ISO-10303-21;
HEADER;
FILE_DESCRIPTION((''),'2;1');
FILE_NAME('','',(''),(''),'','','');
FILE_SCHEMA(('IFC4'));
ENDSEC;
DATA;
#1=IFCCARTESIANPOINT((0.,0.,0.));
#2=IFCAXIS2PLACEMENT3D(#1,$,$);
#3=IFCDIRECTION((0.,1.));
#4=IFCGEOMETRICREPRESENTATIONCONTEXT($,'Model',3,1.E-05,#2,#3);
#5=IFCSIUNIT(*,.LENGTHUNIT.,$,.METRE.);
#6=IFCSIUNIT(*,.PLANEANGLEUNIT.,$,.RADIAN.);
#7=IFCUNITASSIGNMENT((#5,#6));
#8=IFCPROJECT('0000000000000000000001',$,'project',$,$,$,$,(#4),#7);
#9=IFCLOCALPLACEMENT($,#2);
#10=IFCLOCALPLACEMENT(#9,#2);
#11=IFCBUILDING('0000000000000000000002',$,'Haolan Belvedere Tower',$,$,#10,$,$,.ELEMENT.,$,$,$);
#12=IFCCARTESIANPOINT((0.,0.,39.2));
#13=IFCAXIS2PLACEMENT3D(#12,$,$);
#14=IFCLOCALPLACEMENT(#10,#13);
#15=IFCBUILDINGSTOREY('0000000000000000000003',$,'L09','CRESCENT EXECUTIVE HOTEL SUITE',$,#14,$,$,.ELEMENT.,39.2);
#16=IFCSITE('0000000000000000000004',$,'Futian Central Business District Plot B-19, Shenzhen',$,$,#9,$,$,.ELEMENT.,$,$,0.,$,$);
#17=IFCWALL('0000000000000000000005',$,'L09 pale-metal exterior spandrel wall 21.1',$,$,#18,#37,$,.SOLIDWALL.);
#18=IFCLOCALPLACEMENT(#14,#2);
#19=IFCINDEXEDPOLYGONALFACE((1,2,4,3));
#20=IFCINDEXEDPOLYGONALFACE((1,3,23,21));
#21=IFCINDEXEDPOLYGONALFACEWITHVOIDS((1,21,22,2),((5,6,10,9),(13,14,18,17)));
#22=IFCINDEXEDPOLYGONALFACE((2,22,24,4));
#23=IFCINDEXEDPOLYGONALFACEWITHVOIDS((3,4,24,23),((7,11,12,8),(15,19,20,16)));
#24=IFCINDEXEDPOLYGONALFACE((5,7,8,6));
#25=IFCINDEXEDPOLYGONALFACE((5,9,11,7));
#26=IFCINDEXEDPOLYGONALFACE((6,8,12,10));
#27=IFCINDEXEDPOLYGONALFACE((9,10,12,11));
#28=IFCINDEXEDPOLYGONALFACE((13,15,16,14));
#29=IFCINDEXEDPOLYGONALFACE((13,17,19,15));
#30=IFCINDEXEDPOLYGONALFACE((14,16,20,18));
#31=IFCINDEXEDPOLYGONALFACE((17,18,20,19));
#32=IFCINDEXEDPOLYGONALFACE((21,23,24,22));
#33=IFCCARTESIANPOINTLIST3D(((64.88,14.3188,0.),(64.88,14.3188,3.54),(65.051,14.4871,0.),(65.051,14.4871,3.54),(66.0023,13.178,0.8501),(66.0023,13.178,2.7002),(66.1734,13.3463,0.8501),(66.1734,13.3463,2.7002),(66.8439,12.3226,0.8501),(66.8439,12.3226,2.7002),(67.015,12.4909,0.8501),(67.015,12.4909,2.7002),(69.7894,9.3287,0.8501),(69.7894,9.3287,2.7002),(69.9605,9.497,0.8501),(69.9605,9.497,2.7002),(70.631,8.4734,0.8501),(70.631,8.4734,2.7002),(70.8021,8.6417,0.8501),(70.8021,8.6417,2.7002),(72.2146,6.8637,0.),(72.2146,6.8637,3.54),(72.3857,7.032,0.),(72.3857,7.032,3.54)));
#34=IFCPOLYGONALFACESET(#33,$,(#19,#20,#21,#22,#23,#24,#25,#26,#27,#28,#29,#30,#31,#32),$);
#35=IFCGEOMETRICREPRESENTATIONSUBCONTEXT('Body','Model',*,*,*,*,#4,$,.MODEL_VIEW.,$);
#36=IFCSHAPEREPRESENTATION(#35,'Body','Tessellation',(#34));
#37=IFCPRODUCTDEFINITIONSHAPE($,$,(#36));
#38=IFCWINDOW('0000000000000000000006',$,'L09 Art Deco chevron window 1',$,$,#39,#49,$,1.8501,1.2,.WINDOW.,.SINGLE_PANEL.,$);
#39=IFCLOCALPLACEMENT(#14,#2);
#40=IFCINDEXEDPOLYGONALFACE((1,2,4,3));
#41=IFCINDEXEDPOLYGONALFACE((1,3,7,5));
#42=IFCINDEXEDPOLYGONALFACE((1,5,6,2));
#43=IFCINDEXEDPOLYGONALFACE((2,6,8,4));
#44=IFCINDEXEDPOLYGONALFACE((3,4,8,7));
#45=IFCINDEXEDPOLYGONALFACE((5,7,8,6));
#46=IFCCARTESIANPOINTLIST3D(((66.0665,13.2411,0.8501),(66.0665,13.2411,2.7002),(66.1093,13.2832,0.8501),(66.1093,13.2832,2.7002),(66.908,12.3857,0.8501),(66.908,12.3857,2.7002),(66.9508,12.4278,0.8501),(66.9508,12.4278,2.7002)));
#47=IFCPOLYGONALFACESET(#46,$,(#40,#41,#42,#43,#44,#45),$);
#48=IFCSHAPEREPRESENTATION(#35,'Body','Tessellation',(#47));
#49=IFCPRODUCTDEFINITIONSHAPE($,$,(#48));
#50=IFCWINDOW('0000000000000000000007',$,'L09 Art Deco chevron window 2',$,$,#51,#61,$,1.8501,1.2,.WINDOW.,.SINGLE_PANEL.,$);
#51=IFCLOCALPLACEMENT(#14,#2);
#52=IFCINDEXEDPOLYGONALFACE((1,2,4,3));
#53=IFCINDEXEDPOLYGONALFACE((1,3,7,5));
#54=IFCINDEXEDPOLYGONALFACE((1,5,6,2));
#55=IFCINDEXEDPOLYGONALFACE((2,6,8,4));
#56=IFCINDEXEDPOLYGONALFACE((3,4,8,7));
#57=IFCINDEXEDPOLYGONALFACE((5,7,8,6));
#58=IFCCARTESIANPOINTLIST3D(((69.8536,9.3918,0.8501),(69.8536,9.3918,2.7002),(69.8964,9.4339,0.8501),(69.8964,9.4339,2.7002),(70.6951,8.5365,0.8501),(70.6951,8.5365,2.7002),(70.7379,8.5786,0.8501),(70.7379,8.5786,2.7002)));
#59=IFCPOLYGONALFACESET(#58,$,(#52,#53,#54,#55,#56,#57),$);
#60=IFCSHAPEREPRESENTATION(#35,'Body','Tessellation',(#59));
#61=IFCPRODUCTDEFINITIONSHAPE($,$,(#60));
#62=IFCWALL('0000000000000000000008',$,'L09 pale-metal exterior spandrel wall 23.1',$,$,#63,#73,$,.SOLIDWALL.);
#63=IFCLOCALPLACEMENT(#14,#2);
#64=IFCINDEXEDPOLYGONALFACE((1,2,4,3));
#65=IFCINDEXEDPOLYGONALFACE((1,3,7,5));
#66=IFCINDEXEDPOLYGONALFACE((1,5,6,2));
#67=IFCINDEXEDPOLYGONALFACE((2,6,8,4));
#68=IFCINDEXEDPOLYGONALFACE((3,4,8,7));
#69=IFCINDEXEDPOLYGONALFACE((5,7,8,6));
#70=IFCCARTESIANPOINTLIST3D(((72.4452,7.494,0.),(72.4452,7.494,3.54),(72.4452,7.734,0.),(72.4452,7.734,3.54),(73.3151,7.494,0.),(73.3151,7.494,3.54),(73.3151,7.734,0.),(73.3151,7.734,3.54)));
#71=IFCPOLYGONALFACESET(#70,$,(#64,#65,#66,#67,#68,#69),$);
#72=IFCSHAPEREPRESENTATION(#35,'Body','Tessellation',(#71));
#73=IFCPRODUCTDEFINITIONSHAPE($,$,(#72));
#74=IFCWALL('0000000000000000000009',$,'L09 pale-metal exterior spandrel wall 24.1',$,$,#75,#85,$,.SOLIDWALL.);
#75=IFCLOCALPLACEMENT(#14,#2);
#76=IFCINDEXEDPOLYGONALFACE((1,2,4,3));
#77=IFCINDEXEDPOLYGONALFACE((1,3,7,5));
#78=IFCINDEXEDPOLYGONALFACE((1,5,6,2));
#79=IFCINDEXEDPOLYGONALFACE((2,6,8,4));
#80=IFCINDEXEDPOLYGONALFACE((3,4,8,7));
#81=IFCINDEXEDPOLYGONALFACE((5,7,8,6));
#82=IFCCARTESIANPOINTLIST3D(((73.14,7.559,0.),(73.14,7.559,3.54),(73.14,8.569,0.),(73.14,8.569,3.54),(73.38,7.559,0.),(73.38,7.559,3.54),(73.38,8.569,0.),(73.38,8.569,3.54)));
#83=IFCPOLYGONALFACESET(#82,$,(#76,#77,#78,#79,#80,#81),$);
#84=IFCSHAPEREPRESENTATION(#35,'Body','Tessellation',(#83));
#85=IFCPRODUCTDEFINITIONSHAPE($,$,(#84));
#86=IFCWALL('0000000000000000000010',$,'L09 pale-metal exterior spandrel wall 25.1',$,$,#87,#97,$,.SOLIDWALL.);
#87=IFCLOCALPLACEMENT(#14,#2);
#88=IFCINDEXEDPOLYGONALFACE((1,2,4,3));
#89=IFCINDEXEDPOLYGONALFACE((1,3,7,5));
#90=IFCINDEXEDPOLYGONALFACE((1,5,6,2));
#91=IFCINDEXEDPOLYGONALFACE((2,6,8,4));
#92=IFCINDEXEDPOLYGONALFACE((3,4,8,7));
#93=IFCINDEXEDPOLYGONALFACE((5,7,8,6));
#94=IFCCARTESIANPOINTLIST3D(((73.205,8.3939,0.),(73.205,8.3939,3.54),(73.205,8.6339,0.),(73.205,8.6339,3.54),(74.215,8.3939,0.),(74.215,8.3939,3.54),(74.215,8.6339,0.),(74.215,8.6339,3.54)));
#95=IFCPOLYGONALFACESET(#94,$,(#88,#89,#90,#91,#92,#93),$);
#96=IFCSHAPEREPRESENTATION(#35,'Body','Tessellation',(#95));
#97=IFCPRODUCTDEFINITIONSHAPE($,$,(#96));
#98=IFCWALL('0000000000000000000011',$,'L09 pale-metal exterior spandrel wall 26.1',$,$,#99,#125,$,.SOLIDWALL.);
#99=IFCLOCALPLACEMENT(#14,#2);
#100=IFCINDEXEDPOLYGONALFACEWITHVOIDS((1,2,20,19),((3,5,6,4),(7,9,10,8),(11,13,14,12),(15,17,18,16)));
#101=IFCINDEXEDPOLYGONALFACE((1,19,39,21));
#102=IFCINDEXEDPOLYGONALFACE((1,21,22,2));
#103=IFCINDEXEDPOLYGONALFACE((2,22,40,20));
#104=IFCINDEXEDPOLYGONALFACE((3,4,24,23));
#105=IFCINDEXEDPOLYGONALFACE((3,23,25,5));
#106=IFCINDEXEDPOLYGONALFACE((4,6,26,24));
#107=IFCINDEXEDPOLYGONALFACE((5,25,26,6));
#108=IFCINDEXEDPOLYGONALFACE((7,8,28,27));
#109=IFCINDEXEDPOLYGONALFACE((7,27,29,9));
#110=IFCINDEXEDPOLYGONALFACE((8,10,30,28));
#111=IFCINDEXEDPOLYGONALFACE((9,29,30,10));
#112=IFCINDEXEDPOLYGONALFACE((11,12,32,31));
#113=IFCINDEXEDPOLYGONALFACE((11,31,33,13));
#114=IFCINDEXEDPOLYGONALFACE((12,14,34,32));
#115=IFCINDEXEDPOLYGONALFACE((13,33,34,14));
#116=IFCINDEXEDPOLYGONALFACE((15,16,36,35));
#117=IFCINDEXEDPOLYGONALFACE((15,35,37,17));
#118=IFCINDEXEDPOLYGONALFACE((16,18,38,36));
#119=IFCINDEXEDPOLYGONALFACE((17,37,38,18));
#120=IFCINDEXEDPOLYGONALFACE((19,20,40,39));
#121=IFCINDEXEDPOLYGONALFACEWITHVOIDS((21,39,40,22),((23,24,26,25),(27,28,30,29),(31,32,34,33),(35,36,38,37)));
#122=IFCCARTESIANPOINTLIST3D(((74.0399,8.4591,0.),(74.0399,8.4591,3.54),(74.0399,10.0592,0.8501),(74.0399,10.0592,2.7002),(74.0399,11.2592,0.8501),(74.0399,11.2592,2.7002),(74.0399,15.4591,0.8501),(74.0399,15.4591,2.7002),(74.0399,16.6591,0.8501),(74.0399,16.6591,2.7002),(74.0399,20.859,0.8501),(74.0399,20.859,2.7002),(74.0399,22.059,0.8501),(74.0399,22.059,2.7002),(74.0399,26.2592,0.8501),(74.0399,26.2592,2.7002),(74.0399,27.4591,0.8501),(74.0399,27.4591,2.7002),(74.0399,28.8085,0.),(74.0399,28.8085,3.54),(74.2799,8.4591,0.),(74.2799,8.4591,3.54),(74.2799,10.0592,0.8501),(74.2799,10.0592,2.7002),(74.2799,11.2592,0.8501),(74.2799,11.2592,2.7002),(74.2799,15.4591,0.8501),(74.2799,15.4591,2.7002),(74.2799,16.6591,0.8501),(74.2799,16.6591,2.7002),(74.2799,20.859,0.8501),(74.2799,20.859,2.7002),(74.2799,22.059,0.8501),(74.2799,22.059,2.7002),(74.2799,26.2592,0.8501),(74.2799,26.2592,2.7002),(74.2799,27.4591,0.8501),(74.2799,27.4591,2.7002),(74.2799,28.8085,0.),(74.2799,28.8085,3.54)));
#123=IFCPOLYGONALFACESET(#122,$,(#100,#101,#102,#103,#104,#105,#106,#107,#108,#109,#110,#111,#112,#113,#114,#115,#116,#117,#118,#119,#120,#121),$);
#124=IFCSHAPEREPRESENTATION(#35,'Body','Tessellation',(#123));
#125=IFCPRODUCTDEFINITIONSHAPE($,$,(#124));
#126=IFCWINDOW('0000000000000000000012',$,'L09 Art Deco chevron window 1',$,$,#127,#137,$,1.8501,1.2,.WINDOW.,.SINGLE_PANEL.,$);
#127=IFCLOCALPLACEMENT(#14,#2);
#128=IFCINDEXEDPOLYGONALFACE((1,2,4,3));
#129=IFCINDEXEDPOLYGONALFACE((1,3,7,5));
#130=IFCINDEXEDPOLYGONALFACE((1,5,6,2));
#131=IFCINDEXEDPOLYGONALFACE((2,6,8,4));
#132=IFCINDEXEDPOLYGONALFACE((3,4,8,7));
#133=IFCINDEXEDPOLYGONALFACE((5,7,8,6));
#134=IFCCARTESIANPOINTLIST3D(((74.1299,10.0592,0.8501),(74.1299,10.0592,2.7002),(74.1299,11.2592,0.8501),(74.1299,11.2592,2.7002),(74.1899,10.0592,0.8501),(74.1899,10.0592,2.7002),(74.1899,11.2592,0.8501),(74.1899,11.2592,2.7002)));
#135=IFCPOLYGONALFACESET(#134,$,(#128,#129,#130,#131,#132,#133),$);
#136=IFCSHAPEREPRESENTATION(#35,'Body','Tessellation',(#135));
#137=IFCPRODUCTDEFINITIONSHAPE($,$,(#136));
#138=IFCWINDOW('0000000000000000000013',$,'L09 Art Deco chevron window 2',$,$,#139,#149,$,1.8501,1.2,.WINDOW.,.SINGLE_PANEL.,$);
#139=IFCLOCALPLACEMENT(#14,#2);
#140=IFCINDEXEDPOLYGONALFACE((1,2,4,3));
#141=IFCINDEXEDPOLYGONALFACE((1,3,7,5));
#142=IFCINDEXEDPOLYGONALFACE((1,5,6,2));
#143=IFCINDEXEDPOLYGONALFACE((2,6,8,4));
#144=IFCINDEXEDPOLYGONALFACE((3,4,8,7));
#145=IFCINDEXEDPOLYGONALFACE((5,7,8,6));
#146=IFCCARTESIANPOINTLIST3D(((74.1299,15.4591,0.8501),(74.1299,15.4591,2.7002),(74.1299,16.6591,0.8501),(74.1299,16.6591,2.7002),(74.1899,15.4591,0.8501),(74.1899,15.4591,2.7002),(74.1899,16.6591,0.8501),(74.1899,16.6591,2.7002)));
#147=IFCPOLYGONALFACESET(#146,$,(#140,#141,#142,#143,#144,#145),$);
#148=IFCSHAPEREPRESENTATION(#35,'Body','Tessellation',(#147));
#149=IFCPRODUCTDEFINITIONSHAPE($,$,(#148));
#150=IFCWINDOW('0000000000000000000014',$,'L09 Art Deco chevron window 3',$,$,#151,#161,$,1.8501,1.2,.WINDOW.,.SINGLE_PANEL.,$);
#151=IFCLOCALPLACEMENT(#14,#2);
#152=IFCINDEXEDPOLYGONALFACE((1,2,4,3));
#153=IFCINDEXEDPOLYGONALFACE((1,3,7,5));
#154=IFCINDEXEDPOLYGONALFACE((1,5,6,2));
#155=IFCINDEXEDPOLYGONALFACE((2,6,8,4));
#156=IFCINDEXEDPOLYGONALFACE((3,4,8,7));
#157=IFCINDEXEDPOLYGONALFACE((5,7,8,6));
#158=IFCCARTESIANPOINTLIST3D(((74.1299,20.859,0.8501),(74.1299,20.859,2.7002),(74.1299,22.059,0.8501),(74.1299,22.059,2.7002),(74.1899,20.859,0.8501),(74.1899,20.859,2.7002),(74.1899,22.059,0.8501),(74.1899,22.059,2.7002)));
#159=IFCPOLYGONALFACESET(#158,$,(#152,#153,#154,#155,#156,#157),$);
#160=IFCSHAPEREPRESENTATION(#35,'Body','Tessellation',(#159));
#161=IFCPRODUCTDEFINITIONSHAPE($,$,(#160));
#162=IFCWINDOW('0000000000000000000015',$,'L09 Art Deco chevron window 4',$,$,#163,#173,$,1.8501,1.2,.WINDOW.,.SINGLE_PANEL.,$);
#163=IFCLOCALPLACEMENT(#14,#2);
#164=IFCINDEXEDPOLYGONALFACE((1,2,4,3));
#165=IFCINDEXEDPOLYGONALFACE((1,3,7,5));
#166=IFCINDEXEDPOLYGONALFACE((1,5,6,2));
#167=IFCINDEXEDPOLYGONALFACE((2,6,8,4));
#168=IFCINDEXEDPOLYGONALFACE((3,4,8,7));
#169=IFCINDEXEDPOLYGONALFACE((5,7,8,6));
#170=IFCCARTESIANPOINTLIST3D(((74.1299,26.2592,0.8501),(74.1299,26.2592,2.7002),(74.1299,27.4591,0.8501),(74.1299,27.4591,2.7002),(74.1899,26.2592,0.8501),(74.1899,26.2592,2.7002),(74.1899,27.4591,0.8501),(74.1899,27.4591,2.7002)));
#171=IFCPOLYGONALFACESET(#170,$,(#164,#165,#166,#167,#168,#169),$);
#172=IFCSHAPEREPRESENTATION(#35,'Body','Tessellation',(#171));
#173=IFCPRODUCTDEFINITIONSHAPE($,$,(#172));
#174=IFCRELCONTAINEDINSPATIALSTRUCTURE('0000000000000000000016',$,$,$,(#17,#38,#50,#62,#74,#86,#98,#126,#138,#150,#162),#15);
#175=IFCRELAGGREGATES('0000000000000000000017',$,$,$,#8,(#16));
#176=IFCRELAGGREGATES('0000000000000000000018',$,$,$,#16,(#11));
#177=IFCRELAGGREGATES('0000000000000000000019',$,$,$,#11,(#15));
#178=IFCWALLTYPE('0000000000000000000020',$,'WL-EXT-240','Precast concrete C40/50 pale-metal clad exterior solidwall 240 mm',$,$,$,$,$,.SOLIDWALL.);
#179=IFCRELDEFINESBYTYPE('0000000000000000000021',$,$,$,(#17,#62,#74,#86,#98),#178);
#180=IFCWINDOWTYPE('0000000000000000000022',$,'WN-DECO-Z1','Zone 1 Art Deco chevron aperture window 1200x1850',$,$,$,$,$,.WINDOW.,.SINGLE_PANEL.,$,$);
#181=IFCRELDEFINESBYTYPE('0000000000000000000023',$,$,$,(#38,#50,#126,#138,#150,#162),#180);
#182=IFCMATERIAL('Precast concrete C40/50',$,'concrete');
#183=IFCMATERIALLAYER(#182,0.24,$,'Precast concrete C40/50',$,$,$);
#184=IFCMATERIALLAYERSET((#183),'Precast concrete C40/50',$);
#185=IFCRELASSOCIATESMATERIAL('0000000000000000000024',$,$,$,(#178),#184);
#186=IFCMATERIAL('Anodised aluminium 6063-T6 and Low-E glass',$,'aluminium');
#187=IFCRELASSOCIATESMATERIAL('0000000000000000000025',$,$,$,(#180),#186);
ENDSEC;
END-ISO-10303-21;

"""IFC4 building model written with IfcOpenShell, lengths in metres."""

from ifc_helpers import new_model, si_unit, direction, frame, frame_2d, origin, place, context, subcontext, project, spatial, rectangle, extrude, material, layer, layer_set, type_object, element, fill, save


model = new_model("IFC4")

# Units and contexts
model_context = context("Model", 3, precision=1e-05, world=origin(), true_north=direction((0.0, 1.0)))
body_context = subcontext(model_context, "Body", "Model", "MODEL_VIEW")
ifc_project = project(units=[si_unit("LENGTHUNIT", "METRE"), si_unit("PLANEANGLEUNIT", "RADIAN")], contexts=[model_context])

# Site, building, storey
site_placement = place(None, origin())
site = spatial("IfcSite", under=ifc_project, at=site_placement, Name="Futian Central Business District Plot B-19, Shenzhen", CompositionType="ELEMENT", RefElevation=0.0)
building_placement = place(site_placement, origin())
building = spatial("IfcBuilding", under=site, at=building_placement, Name="Haolan Belvedere Tower", CompositionType="ELEMENT")
storey_placement = place(building_placement, frame((0.0, 0.0, 39.2)))
storey = spatial("IfcBuildingStorey", under=building, at=storey_placement, Name="L09", Description="CRESCENT EXECUTIVE HOTEL SUITE", CompositionType="ELEMENT", Elevation=39.2)

# Shared definitions
ifc_material_1 = material(Name="Precast concrete C40/50", Category="concrete")
ifc_layer_1 = layer(ifc_material_1, 0.24, Name="Precast concrete C40/50")
ifc_layer_set_1 = layer_set([ifc_layer_1], Name="Precast concrete C40/50")
wall_type_1 = type_object("IfcWallType", Name="WL-EXT-240", Description="Precast concrete C40/50 pale-metal clad exterior solidwall 240 mm", PredefinedType="SOLIDWALL", material=ifc_layer_set_1)

# Wall, openings, windows
wall_1_placement = place(storey_placement, frame((64.9656, 14.4028, 0.0), z_axis=(0.0, 0.0, 1.0), x_axis=(0.701329, -0.712838, 0.0)))
wall_1 = element("IfcWall", 1, at=wall_1_placement, inside=storey, type_object=wall_type_1, Name="L09 pale-metal exterior spandrel wall 21.1", PredefinedType="SOLIDWALL", context=body_context, shape_type="SweptSolid", body=[
    extrude(rectangle(XDim=10.4583, YDim=0.24, at=frame_2d((5.229, 0.0))), origin(), (0.0, 0.0, 1.0), 3.54),
])
opening_1_placement = place(wall_1_placement, frame((1.6001, 0.0, 0.8501)))
opening_1 = element("IfcOpeningElement", 2, at=opening_1_placement, cuts=wall_1, PredefinedType="OPENING", context=body_context, shape_type="SweptSolid", body=[
    extrude(rectangle(XDim=1.2, YDim=1.8501, at=frame_2d((0.6001, 0.925))), frame((0.0, 0.1299, 0.0), z_axis=(0.0, -1.0, 0.0), x_axis=(1.0, 0.0, 0.0)), (0.0, 0.0, 1.0), 0.26),
])
opening_2_placement = place(wall_1_placement, frame((7.0, 0.0, 0.8501)))
opening_2 = element("IfcOpeningElement", 3, at=opening_2_placement, cuts=wall_1, PredefinedType="OPENING", context=body_context, shape_type="SweptSolid", body=[
    extrude(rectangle(XDim=1.2, YDim=1.8501, at=frame_2d((0.6001, 0.925))), frame((0.0, 0.1299, 0.0), z_axis=(0.0, -1.0, 0.0), x_axis=(1.0, 0.0, 0.0)), (0.0, 0.0, 1.0), 0.26),
])
ifc_material_2 = material(Name="Anodised aluminium 6063-T6 and Low-E glass", Category="aluminium")
window_type = type_object("IfcWindowType", Name="WN-DECO-Z1", Description="Zone 1 Art Deco chevron aperture window 1200x1850", PartitioningType="SINGLE_PANEL", PredefinedType="WINDOW", material=ifc_material_2)
window_1_placement = place(opening_1_placement, origin())
window_1 = element("IfcWindow", 4, at=window_1_placement, inside=storey, type_object=window_type, Name="L09 Art Deco chevron window 1", OverallHeight=1.8501, OverallWidth=1.2, PartitioningType="SINGLE_PANEL", PredefinedType="WINDOW", context=body_context, shape_type="SweptSolid", body=[
    extrude(rectangle(XDim=1.2, YDim=1.8501, at=frame_2d((0.6001, 0.925))), frame((0.0, 0.03, 0.0), z_axis=(0.0, -1.0, 0.0), x_axis=(1.0, 0.0, 0.0)), (0.0, 0.0, 1.0), 0.0601),
])
fill(opening_1, window_1)
window_2_placement = place(opening_2_placement, origin())
window_2 = element("IfcWindow", 5, at=window_2_placement, inside=storey, type_object=window_type, Name="L09 Art Deco chevron window 2", OverallHeight=1.8501, OverallWidth=1.2, PartitioningType="SINGLE_PANEL", PredefinedType="WINDOW", context=body_context, shape_type="SweptSolid", body=[
    extrude(rectangle(XDim=1.2, YDim=1.8501, at=frame_2d((0.6001, 0.925))), frame((0.0, 0.03, 0.0), z_axis=(0.0, -1.0, 0.0), x_axis=(1.0, 0.0, 0.0)), (0.0, 0.0, 1.0), 0.0601),
])
fill(opening_2, window_2)

# Walls
wall_2_placement = place(storey_placement, frame((72.4451, 7.614, 0.0), z_axis=(0.0, 0.0, 1.0), x_axis=(1.0, 0.0, 0.0)))
element("IfcWall", 6, at=wall_2_placement, inside=storey, type_object=wall_type_1, Name="L09 pale-metal exterior spandrel wall 23.1", PredefinedType="SOLIDWALL", context=body_context, shape_type="SweptSolid", body=[
    extrude(rectangle(XDim=0.8699, YDim=0.24, at=frame_2d((0.4351, 0.0))), origin(), (0.0, 0.0, 1.0), 3.54),
])
for number, where, z_axis, x_axis, name in (
    (7, (73.26, 7.5591, 0.0), (0.0, 0.0, 1.0), (0.0, 1.0, 0.0), "L09 pale-metal exterior spandrel wall 24.1"),
    (8, (73.2051, 8.5139, 0.0), (0.0, 0.0, 1.0), (1.0, 0.0, 0.0), "L09 pale-metal exterior spandrel wall 25.1"),
):
    element("IfcWall", number, at=place(storey_placement, frame(where, z_axis=z_axis, x_axis=x_axis)), inside=storey, type_object=wall_type_1, Name=name, PredefinedType="SOLIDWALL", context=body_context, shape_type="SweptSolid", body=[
        extrude(rectangle(XDim=1.01, YDim=0.24, at=frame_2d((0.5049, 0.0))), origin(), (0.0, 0.0, 1.0), 3.54),
    ])

# Wall, openings, windows
wall_3_placement = place(storey_placement, frame((74.1599, 8.459, 0.0), z_axis=(0.0, 0.0, 1.0), x_axis=(0.0, 1.0, 0.0)))
wall_3 = element("IfcWall", 9, at=wall_3_placement, inside=storey, type_object=wall_type_1, Name="L09 pale-metal exterior spandrel wall 26.1", PredefinedType="SOLIDWALL", context=body_context, shape_type="SweptSolid", body=[
    extrude(rectangle(XDim=20.3494, YDim=0.24, at=frame_2d((10.1748, 0.0))), origin(), (0.0, 0.0, 1.0), 3.54),
])
opening_3_placement = place(wall_3_placement, frame((1.6001, 0.0, 0.8501)))
opening_3 = element("IfcOpeningElement", 10, at=opening_3_placement, cuts=wall_3, PredefinedType="OPENING", context=body_context, shape_type="SweptSolid", body=[
    extrude(rectangle(XDim=1.2, YDim=1.8501, at=frame_2d((0.6001, 0.925))), frame((0.0, 0.1299, 0.0), z_axis=(0.0, -1.0, 0.0), x_axis=(1.0, 0.0, 0.0)), (0.0, 0.0, 1.0), 0.26),
])
opening_4_placement = place(wall_3_placement, frame((7.0, 0.0, 0.8501)))
opening_4 = element("IfcOpeningElement", 11, at=opening_4_placement, cuts=wall_3, PredefinedType="OPENING", context=body_context, shape_type="SweptSolid", body=[
    extrude(rectangle(XDim=1.2, YDim=1.8501, at=frame_2d((0.6001, 0.925))), frame((0.0, 0.1299, 0.0), z_axis=(0.0, -1.0, 0.0), x_axis=(1.0, 0.0, 0.0)), (0.0, 0.0, 1.0), 0.26),
])
opening_5_placement = place(wall_3_placement, frame((12.3999, 0.0, 0.8501)))
opening_5 = element("IfcOpeningElement", 12, at=opening_5_placement, cuts=wall_3, PredefinedType="OPENING", context=body_context, shape_type="SweptSolid", body=[
    extrude(rectangle(XDim=1.2, YDim=1.8501, at=frame_2d((0.6001, 0.925))), frame((0.0, 0.1299, 0.0), z_axis=(0.0, -1.0, 0.0), x_axis=(1.0, 0.0, 0.0)), (0.0, 0.0, 1.0), 0.26),
])
opening_6_placement = place(wall_3_placement, frame((17.8, 0.0, 0.8501)))
opening_6 = element("IfcOpeningElement", 13, at=opening_6_placement, cuts=wall_3, PredefinedType="OPENING", context=body_context, shape_type="SweptSolid", body=[
    extrude(rectangle(XDim=1.2, YDim=1.8501, at=frame_2d((0.6001, 0.925))), frame((0.0, 0.1299, 0.0), z_axis=(0.0, -1.0, 0.0), x_axis=(1.0, 0.0, 0.0)), (0.0, 0.0, 1.0), 0.26),
])
window_3_placement = place(opening_3_placement, origin())
window_3 = element("IfcWindow", 14, at=window_3_placement, inside=storey, type_object=window_type, Name="L09 Art Deco chevron window 1", OverallHeight=1.8501, OverallWidth=1.2, PartitioningType="SINGLE_PANEL", PredefinedType="WINDOW", context=body_context, shape_type="SweptSolid", body=[
    extrude(rectangle(XDim=1.2, YDim=1.8501, at=frame_2d((0.6001, 0.925))), frame((0.0, 0.03, 0.0), z_axis=(0.0, -1.0, 0.0), x_axis=(1.0, 0.0, 0.0)), (0.0, 0.0, 1.0), 0.0601),
])
fill(opening_3, window_3)
window_4_placement = place(opening_4_placement, origin())
window_4 = element("IfcWindow", 15, at=window_4_placement, inside=storey, type_object=window_type, Name="L09 Art Deco chevron window 2", OverallHeight=1.8501, OverallWidth=1.2, PartitioningType="SINGLE_PANEL", PredefinedType="WINDOW", context=body_context, shape_type="SweptSolid", body=[
    extrude(rectangle(XDim=1.2, YDim=1.8501, at=frame_2d((0.6001, 0.925))), frame((0.0, 0.03, 0.0), z_axis=(0.0, -1.0, 0.0), x_axis=(1.0, 0.0, 0.0)), (0.0, 0.0, 1.0), 0.0601),
])
fill(opening_4, window_4)
window_5_placement = place(opening_5_placement, origin())
window_5 = element("IfcWindow", 16, at=window_5_placement, inside=storey, type_object=window_type, Name="L09 Art Deco chevron window 3", OverallHeight=1.8501, OverallWidth=1.2, PartitioningType="SINGLE_PANEL", PredefinedType="WINDOW", context=body_context, shape_type="SweptSolid", body=[
    extrude(rectangle(XDim=1.2, YDim=1.8501, at=frame_2d((0.6001, 0.925))), frame((0.0, 0.03, 0.0), z_axis=(0.0, -1.0, 0.0), x_axis=(1.0, 0.0, 0.0)), (0.0, 0.0, 1.0), 0.0601),
])
fill(opening_5, window_5)
window_6_placement = place(opening_6_placement, origin())
window_6 = element("IfcWindow", 17, at=window_6_placement, inside=storey, type_object=window_type, Name="L09 Art Deco chevron window 4", OverallHeight=1.8501, OverallWidth=1.2, PartitioningType="SINGLE_PANEL", PredefinedType="WINDOW", context=body_context, shape_type="SweptSolid", body=[
    extrude(rectangle(XDim=1.2, YDim=1.8501, at=frame_2d((0.6001, 0.925))), frame((0.0, 0.03, 0.0), z_axis=(0.0, -1.0, 0.0), x_axis=(1.0, 0.0, 0.0)), (0.0, 0.0, 1.0), 0.0601),
])
fill(opening_6, window_6)

save(model, "model.ifc")
